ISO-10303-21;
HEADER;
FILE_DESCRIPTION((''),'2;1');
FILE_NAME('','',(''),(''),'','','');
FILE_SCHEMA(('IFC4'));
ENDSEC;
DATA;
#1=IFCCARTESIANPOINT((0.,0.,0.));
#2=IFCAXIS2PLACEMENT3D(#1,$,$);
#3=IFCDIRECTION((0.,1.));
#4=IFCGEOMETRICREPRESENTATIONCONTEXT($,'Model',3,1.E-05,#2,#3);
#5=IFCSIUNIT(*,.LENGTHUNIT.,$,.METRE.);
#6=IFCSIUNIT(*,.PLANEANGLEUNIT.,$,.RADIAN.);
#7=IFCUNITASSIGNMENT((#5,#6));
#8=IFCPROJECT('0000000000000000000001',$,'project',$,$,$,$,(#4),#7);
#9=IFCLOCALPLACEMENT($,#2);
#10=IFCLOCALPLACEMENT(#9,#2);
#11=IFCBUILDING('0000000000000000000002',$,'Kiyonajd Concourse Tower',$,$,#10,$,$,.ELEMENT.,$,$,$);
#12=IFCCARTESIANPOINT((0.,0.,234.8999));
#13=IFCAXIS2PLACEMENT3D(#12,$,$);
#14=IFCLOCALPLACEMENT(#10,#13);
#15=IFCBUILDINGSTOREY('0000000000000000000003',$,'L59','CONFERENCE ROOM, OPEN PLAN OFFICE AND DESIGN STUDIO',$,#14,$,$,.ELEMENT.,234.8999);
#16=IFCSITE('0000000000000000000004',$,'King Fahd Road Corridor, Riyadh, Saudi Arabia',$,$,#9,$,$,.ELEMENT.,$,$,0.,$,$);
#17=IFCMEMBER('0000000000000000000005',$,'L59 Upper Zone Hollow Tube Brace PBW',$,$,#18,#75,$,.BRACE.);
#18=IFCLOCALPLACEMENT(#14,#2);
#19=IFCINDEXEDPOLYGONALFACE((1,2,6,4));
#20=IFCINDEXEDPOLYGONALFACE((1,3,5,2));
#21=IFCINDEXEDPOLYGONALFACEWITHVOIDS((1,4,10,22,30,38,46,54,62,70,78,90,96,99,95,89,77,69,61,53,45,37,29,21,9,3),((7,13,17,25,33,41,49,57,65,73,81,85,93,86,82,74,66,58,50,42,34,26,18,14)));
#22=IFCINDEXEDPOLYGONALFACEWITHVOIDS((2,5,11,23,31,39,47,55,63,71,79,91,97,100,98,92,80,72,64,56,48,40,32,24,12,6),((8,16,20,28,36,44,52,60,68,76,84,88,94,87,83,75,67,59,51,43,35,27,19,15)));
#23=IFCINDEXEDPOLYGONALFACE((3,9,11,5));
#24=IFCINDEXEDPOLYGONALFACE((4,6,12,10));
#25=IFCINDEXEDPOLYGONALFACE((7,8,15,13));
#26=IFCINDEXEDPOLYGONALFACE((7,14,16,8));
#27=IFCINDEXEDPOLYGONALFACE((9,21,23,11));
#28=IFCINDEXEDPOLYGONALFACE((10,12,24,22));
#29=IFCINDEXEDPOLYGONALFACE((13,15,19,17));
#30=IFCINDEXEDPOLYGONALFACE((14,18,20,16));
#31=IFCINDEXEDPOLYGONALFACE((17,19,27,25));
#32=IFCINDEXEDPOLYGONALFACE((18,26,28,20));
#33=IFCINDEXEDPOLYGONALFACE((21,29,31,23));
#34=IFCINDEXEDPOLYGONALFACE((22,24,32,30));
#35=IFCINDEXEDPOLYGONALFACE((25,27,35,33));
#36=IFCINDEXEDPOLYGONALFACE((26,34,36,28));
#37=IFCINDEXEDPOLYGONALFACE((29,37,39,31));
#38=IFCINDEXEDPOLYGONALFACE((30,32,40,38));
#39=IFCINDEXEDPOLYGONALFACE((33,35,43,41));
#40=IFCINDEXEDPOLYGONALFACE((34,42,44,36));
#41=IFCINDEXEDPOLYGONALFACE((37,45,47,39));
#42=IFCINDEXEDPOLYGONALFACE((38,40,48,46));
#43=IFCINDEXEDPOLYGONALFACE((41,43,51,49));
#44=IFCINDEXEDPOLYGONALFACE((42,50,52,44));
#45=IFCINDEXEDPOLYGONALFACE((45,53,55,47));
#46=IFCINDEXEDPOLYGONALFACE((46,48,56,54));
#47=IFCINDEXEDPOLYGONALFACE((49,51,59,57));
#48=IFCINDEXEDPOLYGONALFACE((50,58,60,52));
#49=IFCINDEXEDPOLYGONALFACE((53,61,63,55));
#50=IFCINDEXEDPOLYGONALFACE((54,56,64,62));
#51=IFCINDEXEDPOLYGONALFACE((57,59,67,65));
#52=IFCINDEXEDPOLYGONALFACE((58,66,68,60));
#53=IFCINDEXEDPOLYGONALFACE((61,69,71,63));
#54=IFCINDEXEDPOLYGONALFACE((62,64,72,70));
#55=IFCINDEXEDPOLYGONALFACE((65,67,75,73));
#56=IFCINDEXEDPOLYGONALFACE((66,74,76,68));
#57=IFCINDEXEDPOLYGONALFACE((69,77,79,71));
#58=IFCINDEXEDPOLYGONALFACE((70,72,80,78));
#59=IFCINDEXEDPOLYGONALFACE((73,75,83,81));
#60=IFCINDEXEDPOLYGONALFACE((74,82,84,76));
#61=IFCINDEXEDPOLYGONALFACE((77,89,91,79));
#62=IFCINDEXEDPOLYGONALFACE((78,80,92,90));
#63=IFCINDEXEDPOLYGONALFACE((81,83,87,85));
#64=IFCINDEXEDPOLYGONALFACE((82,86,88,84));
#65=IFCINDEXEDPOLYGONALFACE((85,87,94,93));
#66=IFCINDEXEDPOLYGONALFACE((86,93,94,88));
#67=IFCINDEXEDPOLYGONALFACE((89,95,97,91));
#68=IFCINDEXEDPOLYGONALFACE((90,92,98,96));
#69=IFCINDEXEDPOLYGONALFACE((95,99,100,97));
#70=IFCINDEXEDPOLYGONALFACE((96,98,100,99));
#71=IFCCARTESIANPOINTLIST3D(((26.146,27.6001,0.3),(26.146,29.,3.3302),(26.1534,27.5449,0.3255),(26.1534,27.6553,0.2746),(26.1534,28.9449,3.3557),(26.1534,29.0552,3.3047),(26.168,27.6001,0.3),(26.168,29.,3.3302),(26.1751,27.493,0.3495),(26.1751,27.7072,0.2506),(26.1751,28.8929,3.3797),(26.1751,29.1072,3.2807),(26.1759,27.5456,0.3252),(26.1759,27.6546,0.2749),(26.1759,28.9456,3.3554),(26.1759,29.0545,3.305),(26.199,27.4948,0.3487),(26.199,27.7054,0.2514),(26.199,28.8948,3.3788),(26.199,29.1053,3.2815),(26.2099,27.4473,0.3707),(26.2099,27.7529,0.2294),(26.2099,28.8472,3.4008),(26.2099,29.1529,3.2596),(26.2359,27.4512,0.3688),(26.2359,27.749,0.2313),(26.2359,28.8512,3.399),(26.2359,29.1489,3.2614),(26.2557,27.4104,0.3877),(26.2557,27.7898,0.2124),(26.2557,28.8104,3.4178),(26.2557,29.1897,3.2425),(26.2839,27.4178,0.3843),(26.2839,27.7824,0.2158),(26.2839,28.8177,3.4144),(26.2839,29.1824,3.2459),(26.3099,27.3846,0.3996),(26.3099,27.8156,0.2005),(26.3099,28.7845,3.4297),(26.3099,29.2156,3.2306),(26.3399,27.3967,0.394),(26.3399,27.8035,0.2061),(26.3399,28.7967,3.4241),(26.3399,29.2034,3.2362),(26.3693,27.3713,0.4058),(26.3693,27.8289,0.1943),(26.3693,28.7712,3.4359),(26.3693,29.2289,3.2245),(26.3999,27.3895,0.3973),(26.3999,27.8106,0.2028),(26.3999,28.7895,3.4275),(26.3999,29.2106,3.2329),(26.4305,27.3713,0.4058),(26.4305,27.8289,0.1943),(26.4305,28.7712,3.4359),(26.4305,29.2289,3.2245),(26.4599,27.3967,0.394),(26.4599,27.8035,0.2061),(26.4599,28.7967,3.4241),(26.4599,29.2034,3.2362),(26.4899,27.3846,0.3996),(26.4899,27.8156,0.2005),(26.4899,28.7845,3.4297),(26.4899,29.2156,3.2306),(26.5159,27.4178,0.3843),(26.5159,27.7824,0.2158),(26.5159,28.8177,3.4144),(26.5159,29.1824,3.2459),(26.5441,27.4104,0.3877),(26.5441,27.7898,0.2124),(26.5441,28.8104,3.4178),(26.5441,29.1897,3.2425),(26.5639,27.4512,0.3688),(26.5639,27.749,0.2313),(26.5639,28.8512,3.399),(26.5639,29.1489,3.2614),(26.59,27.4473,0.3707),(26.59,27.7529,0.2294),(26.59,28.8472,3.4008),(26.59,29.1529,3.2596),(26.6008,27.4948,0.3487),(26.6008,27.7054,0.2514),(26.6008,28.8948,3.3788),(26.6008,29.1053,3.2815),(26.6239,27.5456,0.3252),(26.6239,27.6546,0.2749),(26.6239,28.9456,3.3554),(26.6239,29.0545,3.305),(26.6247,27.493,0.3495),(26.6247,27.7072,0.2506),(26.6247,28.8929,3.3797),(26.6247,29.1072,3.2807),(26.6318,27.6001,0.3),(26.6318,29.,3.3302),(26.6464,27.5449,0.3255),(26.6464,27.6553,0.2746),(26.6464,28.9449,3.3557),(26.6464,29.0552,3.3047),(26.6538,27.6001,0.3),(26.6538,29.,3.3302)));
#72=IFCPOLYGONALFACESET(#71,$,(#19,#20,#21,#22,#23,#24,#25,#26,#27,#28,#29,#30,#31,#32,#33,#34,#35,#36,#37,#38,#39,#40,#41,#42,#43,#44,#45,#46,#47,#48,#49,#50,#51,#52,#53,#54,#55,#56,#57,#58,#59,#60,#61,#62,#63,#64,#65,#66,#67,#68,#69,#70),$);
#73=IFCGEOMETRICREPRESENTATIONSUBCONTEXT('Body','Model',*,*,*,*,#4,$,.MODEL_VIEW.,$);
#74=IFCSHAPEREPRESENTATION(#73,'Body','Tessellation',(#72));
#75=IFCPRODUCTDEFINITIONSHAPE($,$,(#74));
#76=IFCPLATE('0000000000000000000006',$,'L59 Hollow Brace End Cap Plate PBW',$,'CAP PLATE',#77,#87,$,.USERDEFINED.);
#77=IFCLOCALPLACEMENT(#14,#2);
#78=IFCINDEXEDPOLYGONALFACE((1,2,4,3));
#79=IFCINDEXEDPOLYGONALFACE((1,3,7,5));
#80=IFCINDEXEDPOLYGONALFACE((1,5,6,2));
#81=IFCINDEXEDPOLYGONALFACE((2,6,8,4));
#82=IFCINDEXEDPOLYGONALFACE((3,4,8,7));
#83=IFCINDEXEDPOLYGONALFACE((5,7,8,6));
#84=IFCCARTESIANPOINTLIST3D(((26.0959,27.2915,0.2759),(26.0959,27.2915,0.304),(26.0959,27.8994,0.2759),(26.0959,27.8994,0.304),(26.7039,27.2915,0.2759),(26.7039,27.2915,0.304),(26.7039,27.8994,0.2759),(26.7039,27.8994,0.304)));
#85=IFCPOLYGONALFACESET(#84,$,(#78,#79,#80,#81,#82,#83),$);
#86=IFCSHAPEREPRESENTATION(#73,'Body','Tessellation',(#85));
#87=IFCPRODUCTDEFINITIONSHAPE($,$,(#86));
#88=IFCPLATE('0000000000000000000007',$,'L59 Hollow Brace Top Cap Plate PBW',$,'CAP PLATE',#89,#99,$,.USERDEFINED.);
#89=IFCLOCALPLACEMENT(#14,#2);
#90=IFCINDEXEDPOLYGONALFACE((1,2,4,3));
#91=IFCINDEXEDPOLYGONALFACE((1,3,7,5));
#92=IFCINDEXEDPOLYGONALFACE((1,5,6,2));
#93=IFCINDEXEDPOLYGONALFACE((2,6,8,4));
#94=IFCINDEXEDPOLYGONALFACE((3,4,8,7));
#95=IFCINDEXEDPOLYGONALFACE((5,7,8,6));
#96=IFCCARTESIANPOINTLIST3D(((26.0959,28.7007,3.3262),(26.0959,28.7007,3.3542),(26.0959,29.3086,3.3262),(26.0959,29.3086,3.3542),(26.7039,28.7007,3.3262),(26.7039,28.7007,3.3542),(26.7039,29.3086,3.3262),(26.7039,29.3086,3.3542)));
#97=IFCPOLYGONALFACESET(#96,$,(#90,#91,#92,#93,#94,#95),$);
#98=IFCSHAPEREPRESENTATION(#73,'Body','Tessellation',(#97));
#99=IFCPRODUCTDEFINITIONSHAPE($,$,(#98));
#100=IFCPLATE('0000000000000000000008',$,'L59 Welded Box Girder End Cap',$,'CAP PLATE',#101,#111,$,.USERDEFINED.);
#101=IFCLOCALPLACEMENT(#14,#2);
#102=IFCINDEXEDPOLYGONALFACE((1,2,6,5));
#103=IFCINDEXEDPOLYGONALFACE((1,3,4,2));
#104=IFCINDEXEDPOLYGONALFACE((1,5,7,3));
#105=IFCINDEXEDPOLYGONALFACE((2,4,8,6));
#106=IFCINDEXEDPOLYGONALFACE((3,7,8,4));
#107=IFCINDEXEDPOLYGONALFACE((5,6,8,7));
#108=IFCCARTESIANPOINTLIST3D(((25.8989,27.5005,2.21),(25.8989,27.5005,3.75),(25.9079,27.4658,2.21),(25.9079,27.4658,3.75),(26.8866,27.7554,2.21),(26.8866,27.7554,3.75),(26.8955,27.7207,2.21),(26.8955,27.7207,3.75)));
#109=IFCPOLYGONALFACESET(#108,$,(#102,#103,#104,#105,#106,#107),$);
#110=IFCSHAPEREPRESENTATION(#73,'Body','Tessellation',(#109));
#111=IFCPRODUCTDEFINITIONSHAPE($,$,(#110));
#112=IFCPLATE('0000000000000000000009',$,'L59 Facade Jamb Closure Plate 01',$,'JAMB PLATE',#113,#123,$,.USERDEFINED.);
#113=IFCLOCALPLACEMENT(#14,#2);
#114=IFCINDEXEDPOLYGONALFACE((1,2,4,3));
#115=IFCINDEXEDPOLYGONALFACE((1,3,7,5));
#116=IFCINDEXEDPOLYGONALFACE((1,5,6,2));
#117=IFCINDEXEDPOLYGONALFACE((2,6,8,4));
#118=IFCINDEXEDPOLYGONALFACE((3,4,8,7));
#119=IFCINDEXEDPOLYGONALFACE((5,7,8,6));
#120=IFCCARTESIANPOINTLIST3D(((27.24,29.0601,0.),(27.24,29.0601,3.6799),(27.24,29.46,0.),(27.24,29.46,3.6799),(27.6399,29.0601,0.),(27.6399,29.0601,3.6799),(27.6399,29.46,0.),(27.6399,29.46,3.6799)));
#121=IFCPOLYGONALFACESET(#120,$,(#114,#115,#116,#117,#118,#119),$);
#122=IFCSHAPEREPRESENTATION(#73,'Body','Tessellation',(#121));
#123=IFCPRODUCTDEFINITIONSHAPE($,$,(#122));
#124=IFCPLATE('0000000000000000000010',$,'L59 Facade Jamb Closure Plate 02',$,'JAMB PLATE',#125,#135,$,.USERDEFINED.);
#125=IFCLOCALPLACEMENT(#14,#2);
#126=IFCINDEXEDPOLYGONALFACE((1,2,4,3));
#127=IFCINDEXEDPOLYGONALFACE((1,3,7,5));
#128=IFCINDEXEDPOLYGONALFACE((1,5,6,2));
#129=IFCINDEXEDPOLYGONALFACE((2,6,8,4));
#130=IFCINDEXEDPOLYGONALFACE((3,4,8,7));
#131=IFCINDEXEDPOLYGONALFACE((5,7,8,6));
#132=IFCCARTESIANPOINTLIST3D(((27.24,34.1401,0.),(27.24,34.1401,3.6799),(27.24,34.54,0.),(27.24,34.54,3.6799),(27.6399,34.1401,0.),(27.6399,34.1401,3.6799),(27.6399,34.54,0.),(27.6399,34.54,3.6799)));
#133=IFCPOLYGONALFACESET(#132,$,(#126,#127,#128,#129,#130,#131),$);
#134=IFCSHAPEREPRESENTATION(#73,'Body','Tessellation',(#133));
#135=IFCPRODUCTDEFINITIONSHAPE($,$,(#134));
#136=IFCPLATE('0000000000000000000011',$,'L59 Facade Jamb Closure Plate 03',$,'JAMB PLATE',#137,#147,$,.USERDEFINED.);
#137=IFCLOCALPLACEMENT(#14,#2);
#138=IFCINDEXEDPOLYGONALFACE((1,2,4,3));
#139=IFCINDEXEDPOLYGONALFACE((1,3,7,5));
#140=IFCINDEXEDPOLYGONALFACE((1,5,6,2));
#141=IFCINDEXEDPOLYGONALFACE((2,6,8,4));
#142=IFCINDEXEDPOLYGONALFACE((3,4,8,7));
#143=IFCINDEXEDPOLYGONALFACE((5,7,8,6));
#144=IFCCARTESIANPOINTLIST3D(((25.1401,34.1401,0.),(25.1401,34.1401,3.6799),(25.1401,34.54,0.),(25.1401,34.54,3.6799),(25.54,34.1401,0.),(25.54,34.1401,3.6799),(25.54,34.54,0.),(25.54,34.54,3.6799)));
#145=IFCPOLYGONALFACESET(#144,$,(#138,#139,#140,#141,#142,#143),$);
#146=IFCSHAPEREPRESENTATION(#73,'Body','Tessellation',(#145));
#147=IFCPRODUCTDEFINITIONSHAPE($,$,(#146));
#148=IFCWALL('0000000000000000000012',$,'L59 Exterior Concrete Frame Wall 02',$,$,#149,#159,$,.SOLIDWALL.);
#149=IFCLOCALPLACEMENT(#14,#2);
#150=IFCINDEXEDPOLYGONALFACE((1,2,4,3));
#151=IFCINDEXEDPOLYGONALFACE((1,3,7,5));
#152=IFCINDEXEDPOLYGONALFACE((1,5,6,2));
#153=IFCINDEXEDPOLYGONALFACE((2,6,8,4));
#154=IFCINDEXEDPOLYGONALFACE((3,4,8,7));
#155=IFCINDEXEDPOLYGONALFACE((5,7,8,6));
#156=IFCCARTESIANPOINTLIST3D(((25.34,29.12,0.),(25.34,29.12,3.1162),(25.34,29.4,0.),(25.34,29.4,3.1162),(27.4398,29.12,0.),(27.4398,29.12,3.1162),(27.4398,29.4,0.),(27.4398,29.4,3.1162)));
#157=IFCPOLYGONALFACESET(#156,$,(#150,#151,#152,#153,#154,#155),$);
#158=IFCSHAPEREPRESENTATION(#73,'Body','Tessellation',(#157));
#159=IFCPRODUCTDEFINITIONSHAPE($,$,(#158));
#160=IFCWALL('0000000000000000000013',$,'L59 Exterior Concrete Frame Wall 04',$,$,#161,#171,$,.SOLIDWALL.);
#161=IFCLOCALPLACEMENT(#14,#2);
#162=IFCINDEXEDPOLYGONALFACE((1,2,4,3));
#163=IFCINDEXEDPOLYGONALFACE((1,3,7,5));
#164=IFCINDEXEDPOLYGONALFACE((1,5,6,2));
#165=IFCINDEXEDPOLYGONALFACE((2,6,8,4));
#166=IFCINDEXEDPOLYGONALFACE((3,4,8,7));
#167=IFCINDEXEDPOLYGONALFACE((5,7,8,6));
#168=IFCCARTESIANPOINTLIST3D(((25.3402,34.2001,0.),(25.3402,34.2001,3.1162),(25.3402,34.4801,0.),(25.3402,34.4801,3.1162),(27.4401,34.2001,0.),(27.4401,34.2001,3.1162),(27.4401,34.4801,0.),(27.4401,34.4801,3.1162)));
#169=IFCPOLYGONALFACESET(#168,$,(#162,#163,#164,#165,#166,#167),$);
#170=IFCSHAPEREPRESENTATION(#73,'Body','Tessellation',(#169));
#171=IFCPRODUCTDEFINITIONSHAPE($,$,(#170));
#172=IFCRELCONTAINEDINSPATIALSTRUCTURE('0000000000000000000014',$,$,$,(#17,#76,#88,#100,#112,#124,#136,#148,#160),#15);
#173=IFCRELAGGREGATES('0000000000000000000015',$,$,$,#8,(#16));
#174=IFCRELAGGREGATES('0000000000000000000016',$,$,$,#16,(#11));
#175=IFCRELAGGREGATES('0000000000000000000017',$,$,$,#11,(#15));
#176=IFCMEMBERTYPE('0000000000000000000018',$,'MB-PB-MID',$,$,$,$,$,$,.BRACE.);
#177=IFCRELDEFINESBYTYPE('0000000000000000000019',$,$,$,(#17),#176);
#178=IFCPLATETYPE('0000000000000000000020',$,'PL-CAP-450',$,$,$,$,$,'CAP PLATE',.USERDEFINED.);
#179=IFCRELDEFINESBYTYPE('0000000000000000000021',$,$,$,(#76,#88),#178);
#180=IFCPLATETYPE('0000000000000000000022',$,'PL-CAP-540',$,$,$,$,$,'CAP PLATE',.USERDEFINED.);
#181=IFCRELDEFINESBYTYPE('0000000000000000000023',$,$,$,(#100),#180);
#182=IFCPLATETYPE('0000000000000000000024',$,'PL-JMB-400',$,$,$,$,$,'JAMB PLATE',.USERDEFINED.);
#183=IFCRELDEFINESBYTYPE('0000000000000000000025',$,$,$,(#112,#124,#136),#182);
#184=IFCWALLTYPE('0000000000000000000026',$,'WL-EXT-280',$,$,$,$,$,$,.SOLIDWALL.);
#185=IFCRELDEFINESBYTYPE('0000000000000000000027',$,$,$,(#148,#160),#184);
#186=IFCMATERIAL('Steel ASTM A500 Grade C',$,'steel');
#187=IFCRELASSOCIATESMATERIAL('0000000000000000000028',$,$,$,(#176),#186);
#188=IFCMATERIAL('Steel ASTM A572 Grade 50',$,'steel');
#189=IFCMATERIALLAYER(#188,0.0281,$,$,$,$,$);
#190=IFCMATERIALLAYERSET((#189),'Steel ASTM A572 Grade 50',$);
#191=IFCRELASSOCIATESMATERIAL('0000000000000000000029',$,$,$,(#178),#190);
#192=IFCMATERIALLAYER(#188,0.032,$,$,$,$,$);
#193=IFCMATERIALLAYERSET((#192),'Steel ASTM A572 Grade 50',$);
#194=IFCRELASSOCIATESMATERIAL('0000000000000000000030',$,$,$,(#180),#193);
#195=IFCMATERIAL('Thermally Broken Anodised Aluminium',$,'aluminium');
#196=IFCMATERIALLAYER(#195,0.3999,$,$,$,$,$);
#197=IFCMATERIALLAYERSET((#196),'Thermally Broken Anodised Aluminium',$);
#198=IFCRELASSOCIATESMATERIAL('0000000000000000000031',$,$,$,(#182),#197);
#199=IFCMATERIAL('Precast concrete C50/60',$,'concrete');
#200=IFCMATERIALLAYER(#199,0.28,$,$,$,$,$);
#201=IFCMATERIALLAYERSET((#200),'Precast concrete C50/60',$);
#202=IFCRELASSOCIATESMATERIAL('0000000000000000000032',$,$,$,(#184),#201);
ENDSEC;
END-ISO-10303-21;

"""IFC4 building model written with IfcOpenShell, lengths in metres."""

from ifc_helpers import new_model, si_unit, direction, frame, frame_2d, origin, origin_2d, place, context, subcontext, project, spatial, rectangle, hollow_circle, extrude, material, layer, layer_set, material_profile, profile_set, type_object, element, save


model = new_model("IFC4")

# Units and contexts
model_context = context("Model", 3, precision=1e-05, world=origin(), true_north=direction((0.0, 1.0)))
body_context = subcontext(model_context, "Body", "Model", "MODEL_VIEW")
ifc_project = project(units=[si_unit("LENGTHUNIT", "METRE"), si_unit("PLANEANGLEUNIT", "RADIAN")], contexts=[model_context])

# Site, building, storey
site_placement = place(None, origin())
site = spatial("IfcSite", under=ifc_project, at=site_placement, Name="King Fahd Road Corridor, Riyadh, Saudi Arabia", CompositionType="ELEMENT", RefElevation=0.0)
building_placement = place(site_placement, origin())
building = spatial("IfcBuilding", under=site, at=building_placement, Name="Kiyonajd Concourse Tower", CompositionType="ELEMENT")
storey_placement = place(building_placement, frame((0.0, 0.0, 234.8999)))
storey = spatial("IfcBuildingStorey", under=building, at=storey_placement, Name="L59", Description="CONFERENCE ROOM, OPEN PLAN OFFICE AND DESIGN STUDIO", CompositionType="ELEMENT", Elevation=234.8999)

# Shared definitions
ifc_material_1 = material(Name="Steel ASTM A572 Grade 50", Category="steel")

# Shared definitions
ifc_material_2 = material(Name="Thermally Broken Anodised Aluminium", Category="aluminium")

# Member
ifc_material_3 = material(Name="Steel ASTM A500 Grade C", Category="steel")
ifc_material_profile_1 = material_profile(ifc_material_3, hollow_circle(Radius=0.2539, WallThickness=0.022, at=origin_2d()), Name="CHS-508x22")
ifc_profile_set_1 = profile_set([ifc_material_profile_1], Name="Steel ASTM A500 Grade C")
member_type_1 = type_object("IfcMemberType", Name="MB-PB-MID", PredefinedType="BRACE", material=ifc_profile_set_1)
member_1_placement = place(storey_placement, frame((26.3999, 27.6001, 0.3), z_axis=(0.0, 0.419411, 0.907797), x_axis=(-1.0, 0.0, 0.0)))
element("IfcMember", 1, at=member_1_placement, inside=storey, type_object=member_type_1, Name="L59 Upper Zone Hollow Tube Brace PBW", PredefinedType="BRACE", context=body_context, shape_type="SweptSolid", body=[
    extrude(hollow_circle(Radius=0.2539, WallThickness=0.022, at=origin_2d()), origin(), (0.0, 0.0, 1.0), 3.3379),
])

# Plates
ifc_layer_1 = layer(ifc_material_1, 0.0281)
ifc_layer_set_1 = layer_set([ifc_layer_1], Name="Steel ASTM A572 Grade 50")
plate_type_1 = type_object("IfcPlateType", Name="PL-CAP-450", ElementType="CAP PLATE", PredefinedType="USERDEFINED", material=ifc_layer_set_1)
for number, where, z_axis, x_axis, name in (
    (2, (26.3999, 27.5955, 0.2759), (0.0, 0.0, 1.0), (1.0, 0.0, 0.0), "L59 Hollow Brace End Cap Plate PBW"),
    (3, (26.3999, 29.0046, 3.3262), (0.0, 0.0, 1.0), (1.0, 0.0, 0.0), "L59 Hollow Brace Top Cap Plate PBW"),
):
    element("IfcPlate", number, at=place(storey_placement, frame(where, z_axis=z_axis, x_axis=x_axis)), inside=storey, type_object=plate_type_1, Name=name, ObjectType="CAP PLATE", PredefinedType="USERDEFINED", context=body_context, shape_type="SweptSolid", body=[
        extrude(rectangle(XDim=0.6079, YDim=0.6079, at=origin_2d()), origin(), (0.0, 0.0, 1.0), 0.0281),
    ])
ifc_layer_2 = layer(ifc_material_1, 0.032)
ifc_layer_set_2 = layer_set([ifc_layer_2], Name="Steel ASTM A572 Grade 50")
plate_type_2 = type_object("IfcPlateType", Name="PL-CAP-540", ElementType="CAP PLATE", PredefinedType="USERDEFINED", material=ifc_layer_set_2)
plate_placement = place(storey_placement, frame((26.3972, 27.6106, 2.21), z_axis=(0.0, 0.0, 1.0), x_axis=(-0.249873, 0.968279, 0.0)))
element("IfcPlate", 4, at=plate_placement, inside=storey, type_object=plate_type_2, Name="L59 Welded Box Girder End Cap", ObjectType="CAP PLATE", PredefinedType="USERDEFINED", context=body_context, shape_type="SweptSolid", body=[
    extrude(rectangle(XDim=0.0359, YDim=1.02, at=origin_2d()), origin(), (0.0, 0.0, 1.0), 1.54),
])
ifc_layer_3 = layer(ifc_material_2, 0.3999)
ifc_layer_set_3 = layer_set([ifc_layer_3], Name="Thermally Broken Anodised Aluminium")
plate_type_3 = type_object("IfcPlateType", Name="PL-JMB-400", ElementType="JAMB PLATE", PredefinedType="USERDEFINED", material=ifc_layer_set_3)
for number, where, z_axis, x_axis, name in (
    (5, (27.4399, 29.26, 0.0), (0.0, 0.0, 1.0), (1.0, 0.0, 0.0), "L59 Facade Jamb Closure Plate 01"),
    (6, (27.4399, 34.3401, 0.0), (0.0, 0.0, 1.0), (1.0, 0.0, 0.0), "L59 Facade Jamb Closure Plate 02"),
    (7, (25.3401, 34.3401, 0.0), (0.0, 0.0, 1.0), (1.0, 0.0, 0.0), "L59 Facade Jamb Closure Plate 03"),
):
    element("IfcPlate", number, at=place(storey_placement, frame(where, z_axis=z_axis, x_axis=x_axis)), inside=storey, type_object=plate_type_3, Name=name, ObjectType="JAMB PLATE", PredefinedType="USERDEFINED", context=body_context, shape_type="SweptSolid", body=[
        extrude(rectangle(XDim=0.3999, YDim=0.3999, at=origin_2d()), origin(), (0.0, 0.0, 1.0), 3.6799),
    ])

# Walls
ifc_material_4 = material(Name="Precast concrete C50/60", Category="concrete")
ifc_layer_4 = layer(ifc_material_4, 0.28)
ifc_layer_set_4 = layer_set([ifc_layer_4], Name="Precast concrete C50/60")
wall_type_1 = type_object("IfcWallType", Name="WL-EXT-280", PredefinedType="SOLIDWALL", material=ifc_layer_set_4)
for number, where, z_axis, x_axis, name in (
    (8, (25.3401, 29.26, 0.0), (0.0, 0.0, 1.0), (1.0, 0.0, 0.0), "L59 Exterior Concrete Frame Wall 02"),
    (9, (27.4399, 34.3401, 0.0), (0.0, 0.0, 1.0), (-1.0, 0.0, 0.0), "L59 Exterior Concrete Frame Wall 04"),
):
    element("IfcWall", number, at=place(storey_placement, frame(where, z_axis=z_axis, x_axis=x_axis)), inside=storey, type_object=wall_type_1, Name=name, PredefinedType="SOLIDWALL", context=body_context, shape_type="SweptSolid", body=[
        extrude(rectangle(XDim=2.0999, YDim=0.28, at=frame_2d((1.0498, 0.0))), origin(), (0.0, 0.0, 1.0), 3.1162),
    ])

save(model, "model.ifc")
